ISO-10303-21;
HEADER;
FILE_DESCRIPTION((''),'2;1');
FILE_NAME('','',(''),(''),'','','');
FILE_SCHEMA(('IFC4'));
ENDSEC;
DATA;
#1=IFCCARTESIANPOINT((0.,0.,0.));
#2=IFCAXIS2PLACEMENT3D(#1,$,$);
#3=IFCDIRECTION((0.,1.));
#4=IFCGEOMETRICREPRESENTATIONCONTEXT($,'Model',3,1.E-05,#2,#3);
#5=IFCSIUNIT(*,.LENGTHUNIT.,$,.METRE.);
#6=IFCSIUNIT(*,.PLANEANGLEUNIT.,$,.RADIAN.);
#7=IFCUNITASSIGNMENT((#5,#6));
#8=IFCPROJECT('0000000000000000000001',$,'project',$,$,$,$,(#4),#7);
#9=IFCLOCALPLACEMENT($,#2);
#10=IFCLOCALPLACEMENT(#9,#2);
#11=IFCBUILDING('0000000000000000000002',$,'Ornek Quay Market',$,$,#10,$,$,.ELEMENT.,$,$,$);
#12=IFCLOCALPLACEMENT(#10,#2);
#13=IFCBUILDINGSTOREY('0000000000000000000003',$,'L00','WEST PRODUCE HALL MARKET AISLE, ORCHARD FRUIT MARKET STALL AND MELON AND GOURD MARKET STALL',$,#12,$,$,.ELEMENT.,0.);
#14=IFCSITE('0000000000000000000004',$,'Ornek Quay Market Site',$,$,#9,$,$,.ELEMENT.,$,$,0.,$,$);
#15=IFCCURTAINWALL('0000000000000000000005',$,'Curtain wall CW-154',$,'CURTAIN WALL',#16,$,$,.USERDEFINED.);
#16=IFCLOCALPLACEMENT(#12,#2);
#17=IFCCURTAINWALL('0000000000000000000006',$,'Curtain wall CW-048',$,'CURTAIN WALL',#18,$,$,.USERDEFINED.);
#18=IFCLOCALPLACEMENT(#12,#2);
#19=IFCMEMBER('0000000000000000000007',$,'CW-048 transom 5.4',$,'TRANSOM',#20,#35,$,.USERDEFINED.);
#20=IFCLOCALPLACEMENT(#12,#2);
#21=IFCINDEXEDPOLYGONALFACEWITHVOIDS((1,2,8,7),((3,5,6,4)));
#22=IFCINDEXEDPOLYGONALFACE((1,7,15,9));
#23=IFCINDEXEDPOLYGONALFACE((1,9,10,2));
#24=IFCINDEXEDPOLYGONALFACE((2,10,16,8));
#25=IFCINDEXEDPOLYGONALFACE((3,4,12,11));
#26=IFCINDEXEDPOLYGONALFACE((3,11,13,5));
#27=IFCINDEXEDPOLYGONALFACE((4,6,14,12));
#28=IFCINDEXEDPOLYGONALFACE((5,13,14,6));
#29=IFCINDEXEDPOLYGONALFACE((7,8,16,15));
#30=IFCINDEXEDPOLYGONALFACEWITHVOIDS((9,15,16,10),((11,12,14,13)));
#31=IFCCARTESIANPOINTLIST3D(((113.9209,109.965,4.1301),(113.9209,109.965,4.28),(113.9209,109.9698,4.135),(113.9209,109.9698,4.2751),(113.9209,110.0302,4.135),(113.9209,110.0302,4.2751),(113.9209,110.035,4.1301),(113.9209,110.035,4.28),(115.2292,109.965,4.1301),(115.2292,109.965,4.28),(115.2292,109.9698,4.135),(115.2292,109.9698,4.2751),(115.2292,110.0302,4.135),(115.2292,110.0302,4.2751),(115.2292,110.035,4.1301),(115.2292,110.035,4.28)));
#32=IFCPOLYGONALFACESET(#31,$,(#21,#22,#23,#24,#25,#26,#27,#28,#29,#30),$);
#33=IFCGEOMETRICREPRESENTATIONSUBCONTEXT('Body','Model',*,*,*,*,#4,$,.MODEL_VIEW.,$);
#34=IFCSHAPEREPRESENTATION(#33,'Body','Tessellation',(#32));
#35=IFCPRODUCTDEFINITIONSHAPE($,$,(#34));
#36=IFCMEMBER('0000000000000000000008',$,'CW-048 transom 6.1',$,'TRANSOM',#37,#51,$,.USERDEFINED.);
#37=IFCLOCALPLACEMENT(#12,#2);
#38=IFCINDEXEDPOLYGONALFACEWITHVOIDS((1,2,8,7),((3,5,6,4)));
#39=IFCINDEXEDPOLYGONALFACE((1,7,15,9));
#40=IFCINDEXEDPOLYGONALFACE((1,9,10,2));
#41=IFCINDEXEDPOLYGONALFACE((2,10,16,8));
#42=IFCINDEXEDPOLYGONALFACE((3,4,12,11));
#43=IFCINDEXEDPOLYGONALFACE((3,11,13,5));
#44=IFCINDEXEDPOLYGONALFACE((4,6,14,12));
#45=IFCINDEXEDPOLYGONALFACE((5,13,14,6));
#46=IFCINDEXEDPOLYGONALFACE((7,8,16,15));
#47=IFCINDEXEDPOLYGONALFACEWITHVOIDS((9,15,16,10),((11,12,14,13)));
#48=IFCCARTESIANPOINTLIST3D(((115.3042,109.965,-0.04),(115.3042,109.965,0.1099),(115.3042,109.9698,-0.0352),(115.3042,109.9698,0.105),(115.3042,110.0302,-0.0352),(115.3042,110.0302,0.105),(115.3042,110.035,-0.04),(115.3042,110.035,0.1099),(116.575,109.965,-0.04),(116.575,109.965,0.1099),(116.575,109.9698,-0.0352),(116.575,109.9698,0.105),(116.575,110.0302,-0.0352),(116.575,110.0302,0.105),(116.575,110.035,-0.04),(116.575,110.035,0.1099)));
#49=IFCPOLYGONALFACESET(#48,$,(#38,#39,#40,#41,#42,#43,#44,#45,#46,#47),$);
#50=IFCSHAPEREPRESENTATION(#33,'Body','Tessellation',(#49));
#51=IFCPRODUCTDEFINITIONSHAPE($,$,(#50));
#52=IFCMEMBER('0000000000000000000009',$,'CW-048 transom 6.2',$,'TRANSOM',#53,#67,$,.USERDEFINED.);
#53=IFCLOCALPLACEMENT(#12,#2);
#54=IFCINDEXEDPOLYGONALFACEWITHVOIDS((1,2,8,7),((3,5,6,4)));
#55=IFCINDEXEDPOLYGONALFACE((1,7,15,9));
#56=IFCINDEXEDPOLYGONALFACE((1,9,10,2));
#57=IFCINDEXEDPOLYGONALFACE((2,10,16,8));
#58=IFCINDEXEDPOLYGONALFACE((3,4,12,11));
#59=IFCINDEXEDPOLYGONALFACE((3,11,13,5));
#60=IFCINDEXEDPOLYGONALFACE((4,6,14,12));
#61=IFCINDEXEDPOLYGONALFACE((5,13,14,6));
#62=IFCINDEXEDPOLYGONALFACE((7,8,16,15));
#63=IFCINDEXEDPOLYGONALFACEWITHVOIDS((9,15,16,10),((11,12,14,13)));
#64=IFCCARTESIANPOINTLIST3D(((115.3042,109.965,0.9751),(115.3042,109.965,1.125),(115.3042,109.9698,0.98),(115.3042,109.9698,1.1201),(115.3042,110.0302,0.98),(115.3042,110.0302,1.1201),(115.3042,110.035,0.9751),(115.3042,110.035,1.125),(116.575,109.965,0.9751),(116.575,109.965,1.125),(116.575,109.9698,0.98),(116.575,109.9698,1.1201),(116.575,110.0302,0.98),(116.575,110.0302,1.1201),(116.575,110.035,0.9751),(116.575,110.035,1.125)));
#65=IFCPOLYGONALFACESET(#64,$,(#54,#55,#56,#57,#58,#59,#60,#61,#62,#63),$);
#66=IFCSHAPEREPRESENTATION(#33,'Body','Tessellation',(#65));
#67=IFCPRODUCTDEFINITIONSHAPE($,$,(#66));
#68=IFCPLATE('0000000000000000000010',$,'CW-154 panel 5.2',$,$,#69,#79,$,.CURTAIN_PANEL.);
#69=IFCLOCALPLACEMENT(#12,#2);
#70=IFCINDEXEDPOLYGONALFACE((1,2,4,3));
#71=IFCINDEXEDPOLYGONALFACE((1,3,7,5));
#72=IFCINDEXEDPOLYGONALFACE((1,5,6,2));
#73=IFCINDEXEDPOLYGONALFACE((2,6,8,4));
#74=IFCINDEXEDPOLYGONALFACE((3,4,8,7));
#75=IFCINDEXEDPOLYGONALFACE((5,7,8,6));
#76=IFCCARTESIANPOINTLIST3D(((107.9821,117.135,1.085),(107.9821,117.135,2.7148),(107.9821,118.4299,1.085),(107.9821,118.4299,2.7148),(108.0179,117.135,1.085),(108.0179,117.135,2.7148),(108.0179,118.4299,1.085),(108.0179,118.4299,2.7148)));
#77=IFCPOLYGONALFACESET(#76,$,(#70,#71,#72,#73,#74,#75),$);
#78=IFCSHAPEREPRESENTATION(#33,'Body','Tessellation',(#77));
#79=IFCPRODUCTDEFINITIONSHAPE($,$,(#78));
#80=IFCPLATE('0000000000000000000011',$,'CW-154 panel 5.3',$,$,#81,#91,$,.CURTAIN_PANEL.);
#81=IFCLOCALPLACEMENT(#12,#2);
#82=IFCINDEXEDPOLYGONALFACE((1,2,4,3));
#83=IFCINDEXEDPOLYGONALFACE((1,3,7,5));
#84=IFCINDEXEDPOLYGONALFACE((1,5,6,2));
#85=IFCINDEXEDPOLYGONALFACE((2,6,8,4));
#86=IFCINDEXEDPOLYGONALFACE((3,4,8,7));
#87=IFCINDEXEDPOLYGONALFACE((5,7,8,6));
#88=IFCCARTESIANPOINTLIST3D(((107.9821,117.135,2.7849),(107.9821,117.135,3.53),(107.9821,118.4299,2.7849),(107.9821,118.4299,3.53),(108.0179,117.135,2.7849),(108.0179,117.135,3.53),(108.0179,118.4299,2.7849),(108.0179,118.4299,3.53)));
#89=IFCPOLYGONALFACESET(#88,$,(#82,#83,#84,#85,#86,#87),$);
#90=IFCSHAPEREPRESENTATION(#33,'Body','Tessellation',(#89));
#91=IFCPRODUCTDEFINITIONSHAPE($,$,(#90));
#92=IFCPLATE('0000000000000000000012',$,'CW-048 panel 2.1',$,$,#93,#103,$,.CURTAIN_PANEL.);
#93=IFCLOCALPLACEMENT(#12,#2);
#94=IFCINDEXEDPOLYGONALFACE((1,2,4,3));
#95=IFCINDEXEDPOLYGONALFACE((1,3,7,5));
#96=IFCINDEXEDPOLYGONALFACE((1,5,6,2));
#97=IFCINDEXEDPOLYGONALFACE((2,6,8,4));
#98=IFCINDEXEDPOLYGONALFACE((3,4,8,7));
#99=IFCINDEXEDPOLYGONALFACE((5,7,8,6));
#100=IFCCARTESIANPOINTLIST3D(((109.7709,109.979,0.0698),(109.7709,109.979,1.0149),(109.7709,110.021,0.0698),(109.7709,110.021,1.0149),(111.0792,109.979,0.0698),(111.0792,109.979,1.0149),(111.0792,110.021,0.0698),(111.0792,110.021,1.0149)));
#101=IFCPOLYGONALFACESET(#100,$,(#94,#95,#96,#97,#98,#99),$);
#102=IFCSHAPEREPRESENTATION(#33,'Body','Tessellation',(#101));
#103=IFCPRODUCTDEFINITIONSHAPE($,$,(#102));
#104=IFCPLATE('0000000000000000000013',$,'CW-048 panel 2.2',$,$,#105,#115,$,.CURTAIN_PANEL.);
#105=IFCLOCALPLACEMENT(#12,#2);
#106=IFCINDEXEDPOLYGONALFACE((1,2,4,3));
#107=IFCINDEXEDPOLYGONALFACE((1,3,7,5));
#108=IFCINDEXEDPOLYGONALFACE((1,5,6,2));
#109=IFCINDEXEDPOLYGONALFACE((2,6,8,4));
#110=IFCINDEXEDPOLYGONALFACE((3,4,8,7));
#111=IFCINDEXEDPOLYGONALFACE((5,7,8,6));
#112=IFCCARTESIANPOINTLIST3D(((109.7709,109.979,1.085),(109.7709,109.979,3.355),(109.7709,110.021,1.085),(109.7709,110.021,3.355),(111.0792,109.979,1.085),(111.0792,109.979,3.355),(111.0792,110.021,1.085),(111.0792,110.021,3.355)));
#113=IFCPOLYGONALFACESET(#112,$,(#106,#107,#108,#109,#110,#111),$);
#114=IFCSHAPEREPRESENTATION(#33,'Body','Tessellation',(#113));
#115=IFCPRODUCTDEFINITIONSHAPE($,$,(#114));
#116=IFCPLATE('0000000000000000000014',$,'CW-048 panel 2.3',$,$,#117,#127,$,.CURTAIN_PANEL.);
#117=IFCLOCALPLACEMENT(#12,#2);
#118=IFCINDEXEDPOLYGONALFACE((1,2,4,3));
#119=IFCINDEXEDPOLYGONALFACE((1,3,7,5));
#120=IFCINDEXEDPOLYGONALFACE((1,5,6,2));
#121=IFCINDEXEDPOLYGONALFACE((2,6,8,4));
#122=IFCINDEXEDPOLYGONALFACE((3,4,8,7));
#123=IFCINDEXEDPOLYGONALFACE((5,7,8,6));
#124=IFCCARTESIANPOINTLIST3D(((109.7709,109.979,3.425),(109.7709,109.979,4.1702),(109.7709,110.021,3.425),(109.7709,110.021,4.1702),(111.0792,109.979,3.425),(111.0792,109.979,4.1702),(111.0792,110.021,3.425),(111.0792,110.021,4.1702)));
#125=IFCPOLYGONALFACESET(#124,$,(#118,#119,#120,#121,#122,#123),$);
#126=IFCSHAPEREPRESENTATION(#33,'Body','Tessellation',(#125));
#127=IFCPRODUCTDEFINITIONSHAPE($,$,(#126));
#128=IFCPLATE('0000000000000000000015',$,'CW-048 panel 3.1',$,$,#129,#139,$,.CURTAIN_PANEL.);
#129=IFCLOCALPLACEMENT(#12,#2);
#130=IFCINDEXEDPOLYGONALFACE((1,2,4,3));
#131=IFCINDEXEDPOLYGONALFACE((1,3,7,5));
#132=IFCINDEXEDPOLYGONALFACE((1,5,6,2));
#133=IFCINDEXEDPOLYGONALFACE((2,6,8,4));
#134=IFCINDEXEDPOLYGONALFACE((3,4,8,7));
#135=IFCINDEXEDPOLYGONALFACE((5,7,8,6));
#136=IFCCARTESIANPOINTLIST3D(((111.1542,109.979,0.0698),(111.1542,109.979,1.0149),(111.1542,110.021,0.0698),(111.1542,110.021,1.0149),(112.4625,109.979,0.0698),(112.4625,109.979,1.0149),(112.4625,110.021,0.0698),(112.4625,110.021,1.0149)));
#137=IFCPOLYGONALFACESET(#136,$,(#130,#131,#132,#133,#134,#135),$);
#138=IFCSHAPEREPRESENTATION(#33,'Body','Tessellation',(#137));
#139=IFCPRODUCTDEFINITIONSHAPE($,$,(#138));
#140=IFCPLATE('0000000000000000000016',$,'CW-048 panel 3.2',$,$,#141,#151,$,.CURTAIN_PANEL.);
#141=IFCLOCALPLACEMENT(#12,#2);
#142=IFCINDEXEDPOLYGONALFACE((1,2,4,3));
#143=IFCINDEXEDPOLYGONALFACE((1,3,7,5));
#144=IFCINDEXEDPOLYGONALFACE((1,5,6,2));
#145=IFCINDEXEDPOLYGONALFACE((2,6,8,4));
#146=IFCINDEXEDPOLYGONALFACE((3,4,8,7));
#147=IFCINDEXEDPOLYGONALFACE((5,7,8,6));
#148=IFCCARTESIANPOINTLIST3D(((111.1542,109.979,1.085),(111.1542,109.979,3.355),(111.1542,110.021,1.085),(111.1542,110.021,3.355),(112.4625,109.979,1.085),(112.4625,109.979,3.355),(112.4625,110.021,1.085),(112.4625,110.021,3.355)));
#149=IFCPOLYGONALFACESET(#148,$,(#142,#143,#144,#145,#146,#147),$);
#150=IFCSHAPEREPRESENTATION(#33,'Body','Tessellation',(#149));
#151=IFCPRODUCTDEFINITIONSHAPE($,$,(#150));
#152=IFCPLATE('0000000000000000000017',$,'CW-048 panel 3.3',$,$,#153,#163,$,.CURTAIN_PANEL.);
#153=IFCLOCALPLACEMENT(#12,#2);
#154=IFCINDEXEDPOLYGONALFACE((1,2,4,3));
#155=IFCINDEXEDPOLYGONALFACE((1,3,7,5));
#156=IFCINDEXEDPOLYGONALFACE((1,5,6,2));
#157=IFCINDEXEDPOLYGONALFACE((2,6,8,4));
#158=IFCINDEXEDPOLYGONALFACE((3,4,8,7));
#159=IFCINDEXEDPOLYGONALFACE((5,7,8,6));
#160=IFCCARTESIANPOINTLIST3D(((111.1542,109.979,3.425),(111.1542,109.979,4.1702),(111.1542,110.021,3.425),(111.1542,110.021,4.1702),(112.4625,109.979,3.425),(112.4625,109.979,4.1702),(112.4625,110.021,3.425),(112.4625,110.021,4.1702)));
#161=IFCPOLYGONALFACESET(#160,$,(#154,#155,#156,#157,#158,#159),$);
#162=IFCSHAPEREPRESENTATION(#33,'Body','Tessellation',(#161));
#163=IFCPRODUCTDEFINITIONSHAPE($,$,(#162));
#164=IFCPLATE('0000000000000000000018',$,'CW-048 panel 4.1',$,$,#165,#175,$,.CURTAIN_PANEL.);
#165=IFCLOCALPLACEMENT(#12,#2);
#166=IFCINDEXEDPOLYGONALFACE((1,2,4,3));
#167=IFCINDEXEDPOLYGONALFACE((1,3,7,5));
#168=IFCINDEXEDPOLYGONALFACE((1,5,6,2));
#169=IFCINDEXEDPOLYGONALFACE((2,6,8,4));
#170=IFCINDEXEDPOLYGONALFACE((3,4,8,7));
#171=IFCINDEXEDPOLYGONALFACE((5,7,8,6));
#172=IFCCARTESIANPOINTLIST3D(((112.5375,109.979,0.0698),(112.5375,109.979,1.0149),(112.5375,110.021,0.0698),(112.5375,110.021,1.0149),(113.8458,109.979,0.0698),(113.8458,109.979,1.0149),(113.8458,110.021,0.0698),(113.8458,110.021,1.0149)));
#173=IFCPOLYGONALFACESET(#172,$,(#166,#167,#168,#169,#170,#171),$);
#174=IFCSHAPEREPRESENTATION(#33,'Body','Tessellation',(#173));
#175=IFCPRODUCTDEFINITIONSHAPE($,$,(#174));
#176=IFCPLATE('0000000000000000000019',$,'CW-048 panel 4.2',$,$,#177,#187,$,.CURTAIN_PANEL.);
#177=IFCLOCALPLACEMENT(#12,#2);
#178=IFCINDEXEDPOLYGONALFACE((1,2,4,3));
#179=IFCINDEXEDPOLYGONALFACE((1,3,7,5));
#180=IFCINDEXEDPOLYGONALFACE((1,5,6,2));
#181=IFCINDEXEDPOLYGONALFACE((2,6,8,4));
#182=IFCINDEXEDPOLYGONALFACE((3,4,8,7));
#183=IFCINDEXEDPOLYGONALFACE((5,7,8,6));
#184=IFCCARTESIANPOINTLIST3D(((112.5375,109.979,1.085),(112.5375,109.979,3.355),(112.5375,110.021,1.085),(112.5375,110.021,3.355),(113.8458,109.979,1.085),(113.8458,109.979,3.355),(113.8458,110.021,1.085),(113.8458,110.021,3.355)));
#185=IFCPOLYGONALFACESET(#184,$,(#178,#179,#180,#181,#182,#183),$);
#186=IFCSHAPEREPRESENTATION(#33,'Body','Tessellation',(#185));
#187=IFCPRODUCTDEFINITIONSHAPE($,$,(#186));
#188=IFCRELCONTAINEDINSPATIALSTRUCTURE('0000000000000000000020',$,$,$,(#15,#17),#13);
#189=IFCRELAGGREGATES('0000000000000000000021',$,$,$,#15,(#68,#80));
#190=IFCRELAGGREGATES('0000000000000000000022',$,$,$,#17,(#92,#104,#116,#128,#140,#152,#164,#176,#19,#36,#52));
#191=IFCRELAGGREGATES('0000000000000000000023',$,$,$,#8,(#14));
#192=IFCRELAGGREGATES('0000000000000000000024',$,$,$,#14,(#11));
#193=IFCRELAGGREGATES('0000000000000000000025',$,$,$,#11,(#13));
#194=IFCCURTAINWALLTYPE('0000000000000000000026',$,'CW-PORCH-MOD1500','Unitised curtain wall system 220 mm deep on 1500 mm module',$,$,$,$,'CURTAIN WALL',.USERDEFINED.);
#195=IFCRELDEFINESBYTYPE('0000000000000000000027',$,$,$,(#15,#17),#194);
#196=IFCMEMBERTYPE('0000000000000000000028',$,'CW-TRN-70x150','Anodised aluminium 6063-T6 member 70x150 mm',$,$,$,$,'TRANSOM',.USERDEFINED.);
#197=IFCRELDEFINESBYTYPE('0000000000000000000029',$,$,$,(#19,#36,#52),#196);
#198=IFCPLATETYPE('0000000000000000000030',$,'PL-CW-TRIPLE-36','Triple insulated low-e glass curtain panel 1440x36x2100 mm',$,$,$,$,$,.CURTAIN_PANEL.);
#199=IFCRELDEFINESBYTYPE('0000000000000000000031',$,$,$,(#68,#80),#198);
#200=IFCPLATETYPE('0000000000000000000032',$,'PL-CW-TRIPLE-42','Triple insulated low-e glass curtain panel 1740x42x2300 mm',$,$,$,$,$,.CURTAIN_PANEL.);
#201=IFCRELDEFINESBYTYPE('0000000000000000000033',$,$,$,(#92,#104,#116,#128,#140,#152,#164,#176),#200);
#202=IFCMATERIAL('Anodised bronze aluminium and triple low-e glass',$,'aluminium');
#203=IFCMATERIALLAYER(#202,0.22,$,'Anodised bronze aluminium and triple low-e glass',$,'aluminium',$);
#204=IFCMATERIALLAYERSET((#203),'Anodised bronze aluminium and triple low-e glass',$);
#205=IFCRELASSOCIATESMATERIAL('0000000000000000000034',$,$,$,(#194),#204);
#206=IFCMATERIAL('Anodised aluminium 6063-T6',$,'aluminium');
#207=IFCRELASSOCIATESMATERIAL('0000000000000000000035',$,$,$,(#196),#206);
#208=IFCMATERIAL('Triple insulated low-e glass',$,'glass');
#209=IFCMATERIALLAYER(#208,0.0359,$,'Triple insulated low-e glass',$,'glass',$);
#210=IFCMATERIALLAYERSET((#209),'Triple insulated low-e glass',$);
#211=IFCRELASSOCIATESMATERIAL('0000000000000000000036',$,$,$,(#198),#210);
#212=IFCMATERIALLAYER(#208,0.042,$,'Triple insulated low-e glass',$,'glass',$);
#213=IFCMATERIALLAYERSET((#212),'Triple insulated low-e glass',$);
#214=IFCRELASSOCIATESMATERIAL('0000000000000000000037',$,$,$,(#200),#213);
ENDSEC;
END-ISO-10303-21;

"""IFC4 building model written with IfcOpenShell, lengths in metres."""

from ifc_helpers import new_model, si_unit, direction, frame, origin, origin_2d, place, context, subcontext, project, spatial, rectangle, hollow_rectangle, extrude, material, layer, layer_set, material_profile, profile_set, type_object, element, aggregate, save


model = new_model("IFC4")

# Units and contexts
model_context = context("Model", 3, precision=1e-05, world=origin(), true_north=direction((0.0, 1.0)))
body_context = subcontext(model_context, "Body", "Model", "MODEL_VIEW")
ifc_project = project(units=[si_unit("LENGTHUNIT", "METRE"), si_unit("PLANEANGLEUNIT", "RADIAN")], contexts=[model_context])

# Site, building, storey
site_placement = place(None, origin())
site = spatial("IfcSite", under=ifc_project, at=site_placement, Name="Ornek Quay Market Site", CompositionType="ELEMENT", RefElevation=0.0)
building_placement = place(site_placement, origin())
building = spatial("IfcBuilding", under=site, at=building_placement, Name="Ornek Quay Market", CompositionType="ELEMENT")
storey_placement = place(building_placement, origin())
storey = spatial("IfcBuildingStorey", under=building, at=storey_placement, Name="L00", Description="WEST PRODUCE HALL MARKET AISLE, ORCHARD FRUIT MARKET STALL AND MELON AND GOURD MARKET STALL", CompositionType="ELEMENT", Elevation=0.0)

# Curtain wall
ifc_material_1 = material(Name="Anodised bronze aluminium and triple low-e glass", Category="aluminium")
ifc_layer_1 = layer(ifc_material_1, 0.22, Name="Anodised bronze aluminium and triple low-e glass", Category="aluminium")
ifc_layer_set_1 = layer_set([ifc_layer_1], Name="Anodised bronze aluminium and triple low-e glass")
curtain_wall_type = type_object("IfcCurtainWallType", Name="CW-PORCH-MOD1500", Description="Unitised curtain wall system 220 mm deep on 1500 mm module", ElementType="CURTAIN WALL", PredefinedType="USERDEFINED", material=ifc_layer_set_1)
curtain_wall_1_placement = place(storey_placement, origin())
curtain_wall_1 = element("IfcCurtainWall", 1, at=curtain_wall_1_placement, inside=storey, type_object=curtain_wall_type, Name="Curtain wall CW-154", ObjectType="CURTAIN WALL", PredefinedType="USERDEFINED")
ifc_material_2 = material(Name="Anodised aluminium 6063-T6", Category="aluminium")

# Curtain wall, members
curtain_wall_2_placement = place(storey_placement, origin())
curtain_wall_2 = element("IfcCurtainWall", 2, at=curtain_wall_2_placement, inside=storey, type_object=curtain_wall_type, Name="Curtain wall CW-048", ObjectType="CURTAIN WALL", PredefinedType="USERDEFINED")
ifc_material_profile_1 = material_profile(ifc_material_2, hollow_rectangle(XDim=0.0701, YDim=0.1499, WallThickness=0.0049, at=origin_2d()), Name="CW-TRN-70x150", Category="aluminium")
ifc_profile_set_1 = profile_set([ifc_material_profile_1], Name="Anodised aluminium 6063-T6")
member_type_1 = type_object("IfcMemberType", Name="CW-TRN-70x150", Description="Anodised aluminium 6063-T6 member 70x150 mm", ElementType="TRANSOM", PredefinedType="USERDEFINED", material=ifc_profile_set_1)
member_1_placement = place(storey_placement, frame((113.9209, 110.0, 4.2051), z_axis=(1.0, 0.0, 0.0), x_axis=(0.0, 1.0, 0.0)))
member_1 = element("IfcMember", 3, at=member_1_placement, type_object=member_type_1, Name="CW-048 transom 5.4", ObjectType="TRANSOM", PredefinedType="USERDEFINED", context=body_context, shape_type="SweptSolid", body=[
    extrude(hollow_rectangle(XDim=0.0701, YDim=0.1499, WallThickness=0.0049, at=origin_2d()), origin(), (0.0, 0.0, 1.0), 1.3083),
])
member_2_placement = place(storey_placement, frame((115.3042, 110.0, 0.0349), z_axis=(1.0, 0.0, 0.0), x_axis=(0.0, 1.0, 0.0)))
member_2 = element("IfcMember", 4, at=member_2_placement, type_object=member_type_1, Name="CW-048 transom 6.1", ObjectType="TRANSOM", PredefinedType="USERDEFINED", context=body_context, shape_type="SweptSolid", body=[
    extrude(hollow_rectangle(XDim=0.0701, YDim=0.1499, WallThickness=0.0049, at=origin_2d()), origin(), (0.0, 0.0, 1.0), 1.2708),
])
member_3_placement = place(storey_placement, frame((115.3042, 110.0, 1.05), z_axis=(1.0, 0.0, 0.0), x_axis=(0.0, 1.0, 0.0)))
member_3 = element("IfcMember", 5, at=member_3_placement, type_object=member_type_1, Name="CW-048 transom 6.2", ObjectType="TRANSOM", PredefinedType="USERDEFINED", context=body_context, shape_type="SweptSolid", body=[
    extrude(hollow_rectangle(XDim=0.0701, YDim=0.1499, WallThickness=0.0049, at=origin_2d()), origin(), (0.0, 0.0, 1.0), 1.2708),
])

# Plates
ifc_material_3 = material(Name="Triple insulated low-e glass", Category="glass")
ifc_layer_2 = layer(ifc_material_3, 0.0359, Name="Triple insulated low-e glass", Category="glass")
ifc_layer_set_2 = layer_set([ifc_layer_2], Name="Triple insulated low-e glass")
plate_type_1 = type_object("IfcPlateType", Name="PL-CW-TRIPLE-36", Description="Triple insulated low-e glass curtain panel 1440x36x2100 mm", PredefinedType="CURTAIN_PANEL", material=ifc_layer_set_2)
plate_1_placement = place(storey_placement, frame((108.0, 117.7825, 1.085), z_axis=(0.0, 0.0, 1.0), x_axis=(0.0, 1.0, 0.0)))
plate_1 = element("IfcPlate", 6, at=plate_1_placement, type_object=plate_type_1, Name="CW-154 panel 5.2", PredefinedType="CURTAIN_PANEL", context=body_context, shape_type="SweptSolid", body=[
    extrude(rectangle(XDim=1.2949, YDim=0.0359, at=origin_2d()), origin(), (0.0, 0.0, 1.0), 1.6299),
])
plate_2_placement = place(storey_placement, frame((108.0, 117.7825, 2.7849), z_axis=(0.0, 0.0, 1.0), x_axis=(0.0, 1.0, 0.0)))
plate_2 = element("IfcPlate", 7, at=plate_2_placement, type_object=plate_type_1, Name="CW-154 panel 5.3", PredefinedType="CURTAIN_PANEL", context=body_context, shape_type="SweptSolid", body=[
    extrude(rectangle(XDim=1.2949, YDim=0.0359, at=origin_2d()), origin(), (0.0, 0.0, 1.0), 0.7451),
])
aggregate(curtain_wall_1, [plate_1, plate_2])
ifc_layer_3 = layer(ifc_material_3, 0.042, Name="Triple insulated low-e glass", Category="glass")
ifc_layer_set_3 = layer_set([ifc_layer_3], Name="Triple insulated low-e glass")
plate_type_2 = type_object("IfcPlateType", Name="PL-CW-TRIPLE-42", Description="Triple insulated low-e glass curtain panel 1740x42x2300 mm", PredefinedType="CURTAIN_PANEL", material=ifc_layer_set_3)
plate_3_placement = place(storey_placement, frame((110.425, 110.0, 0.0698), z_axis=(0.0, 0.0, 1.0), x_axis=(1.0, 0.0, 0.0)))
plate_3 = element("IfcPlate", 8, at=plate_3_placement, type_object=plate_type_2, Name="CW-048 panel 2.1", PredefinedType="CURTAIN_PANEL", context=body_context, shape_type="SweptSolid", body=[
    extrude(rectangle(XDim=1.3083, YDim=0.042, at=origin_2d()), origin(), (0.0, 0.0, 1.0), 0.9451),
])
plate_4_placement = place(storey_placement, frame((110.425, 110.0, 1.085), z_axis=(0.0, 0.0, 1.0), x_axis=(1.0, 0.0, 0.0)))
plate_4 = element("IfcPlate", 9, at=plate_4_placement, type_object=plate_type_2, Name="CW-048 panel 2.2", PredefinedType="CURTAIN_PANEL", context=body_context, shape_type="SweptSolid", body=[
    extrude(rectangle(XDim=1.3083, YDim=0.042, at=origin_2d()), origin(), (0.0, 0.0, 1.0), 2.27),
])
plate_5_placement = place(storey_placement, frame((110.425, 110.0, 3.425), z_axis=(0.0, 0.0, 1.0), x_axis=(1.0, 0.0, 0.0)))
plate_5 = element("IfcPlate", 10, at=plate_5_placement, type_object=plate_type_2, Name="CW-048 panel 2.3", PredefinedType="CURTAIN_PANEL", context=body_context, shape_type="SweptSolid", body=[
    extrude(rectangle(XDim=1.3083, YDim=0.042, at=origin_2d()), origin(), (0.0, 0.0, 1.0), 0.7451),
])
plate_6_placement = place(storey_placement, frame((111.8083, 110.0, 0.0698), z_axis=(0.0, 0.0, 1.0), x_axis=(1.0, 0.0, 0.0)))
plate_6 = element("IfcPlate", 11, at=plate_6_placement, type_object=plate_type_2, Name="CW-048 panel 3.1", PredefinedType="CURTAIN_PANEL", context=body_context, shape_type="SweptSolid", body=[
    extrude(rectangle(XDim=1.3083, YDim=0.042, at=origin_2d()), origin(), (0.0, 0.0, 1.0), 0.9451),
])
plate_7_placement = place(storey_placement, frame((111.8083, 110.0, 1.085), z_axis=(0.0, 0.0, 1.0), x_axis=(1.0, 0.0, 0.0)))
plate_7 = element("IfcPlate", 12, at=plate_7_placement, type_object=plate_type_2, Name="CW-048 panel 3.2", PredefinedType="CURTAIN_PANEL", context=body_context, shape_type="SweptSolid", body=[
    extrude(rectangle(XDim=1.3083, YDim=0.042, at=origin_2d()), origin(), (0.0, 0.0, 1.0), 2.27),
])
plate_8_placement = place(storey_placement, frame((111.8083, 110.0, 3.425), z_axis=(0.0, 0.0, 1.0), x_axis=(1.0, 0.0, 0.0)))
plate_8 = element("IfcPlate", 13, at=plate_8_placement, type_object=plate_type_2, Name="CW-048 panel 3.3", PredefinedType="CURTAIN_PANEL", context=body_context, shape_type="SweptSolid", body=[
    extrude(rectangle(XDim=1.3083, YDim=0.042, at=origin_2d()), origin(), (0.0, 0.0, 1.0), 0.7451),
])
plate_9_placement = place(storey_placement, frame((113.1917, 110.0, 0.0698), z_axis=(0.0, 0.0, 1.0), x_axis=(1.0, 0.0, 0.0)))
plate_9 = element("IfcPlate", 14, at=plate_9_placement, type_object=plate_type_2, Name="CW-048 panel 4.1", PredefinedType="CURTAIN_PANEL", context=body_context, shape_type="SweptSolid", body=[
    extrude(rectangle(XDim=1.3083, YDim=0.042, at=origin_2d()), origin(), (0.0, 0.0, 1.0), 0.9451),
])
plate_10_placement = place(storey_placement, frame((113.1917, 110.0, 1.085), z_axis=(0.0, 0.0, 1.0), x_axis=(1.0, 0.0, 0.0)))
plate_10 = element("IfcPlate", 15, at=plate_10_placement, type_object=plate_type_2, Name="CW-048 panel 4.2", PredefinedType="CURTAIN_PANEL", context=body_context, shape_type="SweptSolid", body=[
    extrude(rectangle(XDim=1.3083, YDim=0.042, at=origin_2d()), origin(), (0.0, 0.0, 1.0), 2.27),
])
aggregate(curtain_wall_2, [plate_3, plate_4, plate_5, plate_6, plate_7, plate_8, plate_9, plate_10, member_1, member_2, member_3])

save(model, "model.ifc")
